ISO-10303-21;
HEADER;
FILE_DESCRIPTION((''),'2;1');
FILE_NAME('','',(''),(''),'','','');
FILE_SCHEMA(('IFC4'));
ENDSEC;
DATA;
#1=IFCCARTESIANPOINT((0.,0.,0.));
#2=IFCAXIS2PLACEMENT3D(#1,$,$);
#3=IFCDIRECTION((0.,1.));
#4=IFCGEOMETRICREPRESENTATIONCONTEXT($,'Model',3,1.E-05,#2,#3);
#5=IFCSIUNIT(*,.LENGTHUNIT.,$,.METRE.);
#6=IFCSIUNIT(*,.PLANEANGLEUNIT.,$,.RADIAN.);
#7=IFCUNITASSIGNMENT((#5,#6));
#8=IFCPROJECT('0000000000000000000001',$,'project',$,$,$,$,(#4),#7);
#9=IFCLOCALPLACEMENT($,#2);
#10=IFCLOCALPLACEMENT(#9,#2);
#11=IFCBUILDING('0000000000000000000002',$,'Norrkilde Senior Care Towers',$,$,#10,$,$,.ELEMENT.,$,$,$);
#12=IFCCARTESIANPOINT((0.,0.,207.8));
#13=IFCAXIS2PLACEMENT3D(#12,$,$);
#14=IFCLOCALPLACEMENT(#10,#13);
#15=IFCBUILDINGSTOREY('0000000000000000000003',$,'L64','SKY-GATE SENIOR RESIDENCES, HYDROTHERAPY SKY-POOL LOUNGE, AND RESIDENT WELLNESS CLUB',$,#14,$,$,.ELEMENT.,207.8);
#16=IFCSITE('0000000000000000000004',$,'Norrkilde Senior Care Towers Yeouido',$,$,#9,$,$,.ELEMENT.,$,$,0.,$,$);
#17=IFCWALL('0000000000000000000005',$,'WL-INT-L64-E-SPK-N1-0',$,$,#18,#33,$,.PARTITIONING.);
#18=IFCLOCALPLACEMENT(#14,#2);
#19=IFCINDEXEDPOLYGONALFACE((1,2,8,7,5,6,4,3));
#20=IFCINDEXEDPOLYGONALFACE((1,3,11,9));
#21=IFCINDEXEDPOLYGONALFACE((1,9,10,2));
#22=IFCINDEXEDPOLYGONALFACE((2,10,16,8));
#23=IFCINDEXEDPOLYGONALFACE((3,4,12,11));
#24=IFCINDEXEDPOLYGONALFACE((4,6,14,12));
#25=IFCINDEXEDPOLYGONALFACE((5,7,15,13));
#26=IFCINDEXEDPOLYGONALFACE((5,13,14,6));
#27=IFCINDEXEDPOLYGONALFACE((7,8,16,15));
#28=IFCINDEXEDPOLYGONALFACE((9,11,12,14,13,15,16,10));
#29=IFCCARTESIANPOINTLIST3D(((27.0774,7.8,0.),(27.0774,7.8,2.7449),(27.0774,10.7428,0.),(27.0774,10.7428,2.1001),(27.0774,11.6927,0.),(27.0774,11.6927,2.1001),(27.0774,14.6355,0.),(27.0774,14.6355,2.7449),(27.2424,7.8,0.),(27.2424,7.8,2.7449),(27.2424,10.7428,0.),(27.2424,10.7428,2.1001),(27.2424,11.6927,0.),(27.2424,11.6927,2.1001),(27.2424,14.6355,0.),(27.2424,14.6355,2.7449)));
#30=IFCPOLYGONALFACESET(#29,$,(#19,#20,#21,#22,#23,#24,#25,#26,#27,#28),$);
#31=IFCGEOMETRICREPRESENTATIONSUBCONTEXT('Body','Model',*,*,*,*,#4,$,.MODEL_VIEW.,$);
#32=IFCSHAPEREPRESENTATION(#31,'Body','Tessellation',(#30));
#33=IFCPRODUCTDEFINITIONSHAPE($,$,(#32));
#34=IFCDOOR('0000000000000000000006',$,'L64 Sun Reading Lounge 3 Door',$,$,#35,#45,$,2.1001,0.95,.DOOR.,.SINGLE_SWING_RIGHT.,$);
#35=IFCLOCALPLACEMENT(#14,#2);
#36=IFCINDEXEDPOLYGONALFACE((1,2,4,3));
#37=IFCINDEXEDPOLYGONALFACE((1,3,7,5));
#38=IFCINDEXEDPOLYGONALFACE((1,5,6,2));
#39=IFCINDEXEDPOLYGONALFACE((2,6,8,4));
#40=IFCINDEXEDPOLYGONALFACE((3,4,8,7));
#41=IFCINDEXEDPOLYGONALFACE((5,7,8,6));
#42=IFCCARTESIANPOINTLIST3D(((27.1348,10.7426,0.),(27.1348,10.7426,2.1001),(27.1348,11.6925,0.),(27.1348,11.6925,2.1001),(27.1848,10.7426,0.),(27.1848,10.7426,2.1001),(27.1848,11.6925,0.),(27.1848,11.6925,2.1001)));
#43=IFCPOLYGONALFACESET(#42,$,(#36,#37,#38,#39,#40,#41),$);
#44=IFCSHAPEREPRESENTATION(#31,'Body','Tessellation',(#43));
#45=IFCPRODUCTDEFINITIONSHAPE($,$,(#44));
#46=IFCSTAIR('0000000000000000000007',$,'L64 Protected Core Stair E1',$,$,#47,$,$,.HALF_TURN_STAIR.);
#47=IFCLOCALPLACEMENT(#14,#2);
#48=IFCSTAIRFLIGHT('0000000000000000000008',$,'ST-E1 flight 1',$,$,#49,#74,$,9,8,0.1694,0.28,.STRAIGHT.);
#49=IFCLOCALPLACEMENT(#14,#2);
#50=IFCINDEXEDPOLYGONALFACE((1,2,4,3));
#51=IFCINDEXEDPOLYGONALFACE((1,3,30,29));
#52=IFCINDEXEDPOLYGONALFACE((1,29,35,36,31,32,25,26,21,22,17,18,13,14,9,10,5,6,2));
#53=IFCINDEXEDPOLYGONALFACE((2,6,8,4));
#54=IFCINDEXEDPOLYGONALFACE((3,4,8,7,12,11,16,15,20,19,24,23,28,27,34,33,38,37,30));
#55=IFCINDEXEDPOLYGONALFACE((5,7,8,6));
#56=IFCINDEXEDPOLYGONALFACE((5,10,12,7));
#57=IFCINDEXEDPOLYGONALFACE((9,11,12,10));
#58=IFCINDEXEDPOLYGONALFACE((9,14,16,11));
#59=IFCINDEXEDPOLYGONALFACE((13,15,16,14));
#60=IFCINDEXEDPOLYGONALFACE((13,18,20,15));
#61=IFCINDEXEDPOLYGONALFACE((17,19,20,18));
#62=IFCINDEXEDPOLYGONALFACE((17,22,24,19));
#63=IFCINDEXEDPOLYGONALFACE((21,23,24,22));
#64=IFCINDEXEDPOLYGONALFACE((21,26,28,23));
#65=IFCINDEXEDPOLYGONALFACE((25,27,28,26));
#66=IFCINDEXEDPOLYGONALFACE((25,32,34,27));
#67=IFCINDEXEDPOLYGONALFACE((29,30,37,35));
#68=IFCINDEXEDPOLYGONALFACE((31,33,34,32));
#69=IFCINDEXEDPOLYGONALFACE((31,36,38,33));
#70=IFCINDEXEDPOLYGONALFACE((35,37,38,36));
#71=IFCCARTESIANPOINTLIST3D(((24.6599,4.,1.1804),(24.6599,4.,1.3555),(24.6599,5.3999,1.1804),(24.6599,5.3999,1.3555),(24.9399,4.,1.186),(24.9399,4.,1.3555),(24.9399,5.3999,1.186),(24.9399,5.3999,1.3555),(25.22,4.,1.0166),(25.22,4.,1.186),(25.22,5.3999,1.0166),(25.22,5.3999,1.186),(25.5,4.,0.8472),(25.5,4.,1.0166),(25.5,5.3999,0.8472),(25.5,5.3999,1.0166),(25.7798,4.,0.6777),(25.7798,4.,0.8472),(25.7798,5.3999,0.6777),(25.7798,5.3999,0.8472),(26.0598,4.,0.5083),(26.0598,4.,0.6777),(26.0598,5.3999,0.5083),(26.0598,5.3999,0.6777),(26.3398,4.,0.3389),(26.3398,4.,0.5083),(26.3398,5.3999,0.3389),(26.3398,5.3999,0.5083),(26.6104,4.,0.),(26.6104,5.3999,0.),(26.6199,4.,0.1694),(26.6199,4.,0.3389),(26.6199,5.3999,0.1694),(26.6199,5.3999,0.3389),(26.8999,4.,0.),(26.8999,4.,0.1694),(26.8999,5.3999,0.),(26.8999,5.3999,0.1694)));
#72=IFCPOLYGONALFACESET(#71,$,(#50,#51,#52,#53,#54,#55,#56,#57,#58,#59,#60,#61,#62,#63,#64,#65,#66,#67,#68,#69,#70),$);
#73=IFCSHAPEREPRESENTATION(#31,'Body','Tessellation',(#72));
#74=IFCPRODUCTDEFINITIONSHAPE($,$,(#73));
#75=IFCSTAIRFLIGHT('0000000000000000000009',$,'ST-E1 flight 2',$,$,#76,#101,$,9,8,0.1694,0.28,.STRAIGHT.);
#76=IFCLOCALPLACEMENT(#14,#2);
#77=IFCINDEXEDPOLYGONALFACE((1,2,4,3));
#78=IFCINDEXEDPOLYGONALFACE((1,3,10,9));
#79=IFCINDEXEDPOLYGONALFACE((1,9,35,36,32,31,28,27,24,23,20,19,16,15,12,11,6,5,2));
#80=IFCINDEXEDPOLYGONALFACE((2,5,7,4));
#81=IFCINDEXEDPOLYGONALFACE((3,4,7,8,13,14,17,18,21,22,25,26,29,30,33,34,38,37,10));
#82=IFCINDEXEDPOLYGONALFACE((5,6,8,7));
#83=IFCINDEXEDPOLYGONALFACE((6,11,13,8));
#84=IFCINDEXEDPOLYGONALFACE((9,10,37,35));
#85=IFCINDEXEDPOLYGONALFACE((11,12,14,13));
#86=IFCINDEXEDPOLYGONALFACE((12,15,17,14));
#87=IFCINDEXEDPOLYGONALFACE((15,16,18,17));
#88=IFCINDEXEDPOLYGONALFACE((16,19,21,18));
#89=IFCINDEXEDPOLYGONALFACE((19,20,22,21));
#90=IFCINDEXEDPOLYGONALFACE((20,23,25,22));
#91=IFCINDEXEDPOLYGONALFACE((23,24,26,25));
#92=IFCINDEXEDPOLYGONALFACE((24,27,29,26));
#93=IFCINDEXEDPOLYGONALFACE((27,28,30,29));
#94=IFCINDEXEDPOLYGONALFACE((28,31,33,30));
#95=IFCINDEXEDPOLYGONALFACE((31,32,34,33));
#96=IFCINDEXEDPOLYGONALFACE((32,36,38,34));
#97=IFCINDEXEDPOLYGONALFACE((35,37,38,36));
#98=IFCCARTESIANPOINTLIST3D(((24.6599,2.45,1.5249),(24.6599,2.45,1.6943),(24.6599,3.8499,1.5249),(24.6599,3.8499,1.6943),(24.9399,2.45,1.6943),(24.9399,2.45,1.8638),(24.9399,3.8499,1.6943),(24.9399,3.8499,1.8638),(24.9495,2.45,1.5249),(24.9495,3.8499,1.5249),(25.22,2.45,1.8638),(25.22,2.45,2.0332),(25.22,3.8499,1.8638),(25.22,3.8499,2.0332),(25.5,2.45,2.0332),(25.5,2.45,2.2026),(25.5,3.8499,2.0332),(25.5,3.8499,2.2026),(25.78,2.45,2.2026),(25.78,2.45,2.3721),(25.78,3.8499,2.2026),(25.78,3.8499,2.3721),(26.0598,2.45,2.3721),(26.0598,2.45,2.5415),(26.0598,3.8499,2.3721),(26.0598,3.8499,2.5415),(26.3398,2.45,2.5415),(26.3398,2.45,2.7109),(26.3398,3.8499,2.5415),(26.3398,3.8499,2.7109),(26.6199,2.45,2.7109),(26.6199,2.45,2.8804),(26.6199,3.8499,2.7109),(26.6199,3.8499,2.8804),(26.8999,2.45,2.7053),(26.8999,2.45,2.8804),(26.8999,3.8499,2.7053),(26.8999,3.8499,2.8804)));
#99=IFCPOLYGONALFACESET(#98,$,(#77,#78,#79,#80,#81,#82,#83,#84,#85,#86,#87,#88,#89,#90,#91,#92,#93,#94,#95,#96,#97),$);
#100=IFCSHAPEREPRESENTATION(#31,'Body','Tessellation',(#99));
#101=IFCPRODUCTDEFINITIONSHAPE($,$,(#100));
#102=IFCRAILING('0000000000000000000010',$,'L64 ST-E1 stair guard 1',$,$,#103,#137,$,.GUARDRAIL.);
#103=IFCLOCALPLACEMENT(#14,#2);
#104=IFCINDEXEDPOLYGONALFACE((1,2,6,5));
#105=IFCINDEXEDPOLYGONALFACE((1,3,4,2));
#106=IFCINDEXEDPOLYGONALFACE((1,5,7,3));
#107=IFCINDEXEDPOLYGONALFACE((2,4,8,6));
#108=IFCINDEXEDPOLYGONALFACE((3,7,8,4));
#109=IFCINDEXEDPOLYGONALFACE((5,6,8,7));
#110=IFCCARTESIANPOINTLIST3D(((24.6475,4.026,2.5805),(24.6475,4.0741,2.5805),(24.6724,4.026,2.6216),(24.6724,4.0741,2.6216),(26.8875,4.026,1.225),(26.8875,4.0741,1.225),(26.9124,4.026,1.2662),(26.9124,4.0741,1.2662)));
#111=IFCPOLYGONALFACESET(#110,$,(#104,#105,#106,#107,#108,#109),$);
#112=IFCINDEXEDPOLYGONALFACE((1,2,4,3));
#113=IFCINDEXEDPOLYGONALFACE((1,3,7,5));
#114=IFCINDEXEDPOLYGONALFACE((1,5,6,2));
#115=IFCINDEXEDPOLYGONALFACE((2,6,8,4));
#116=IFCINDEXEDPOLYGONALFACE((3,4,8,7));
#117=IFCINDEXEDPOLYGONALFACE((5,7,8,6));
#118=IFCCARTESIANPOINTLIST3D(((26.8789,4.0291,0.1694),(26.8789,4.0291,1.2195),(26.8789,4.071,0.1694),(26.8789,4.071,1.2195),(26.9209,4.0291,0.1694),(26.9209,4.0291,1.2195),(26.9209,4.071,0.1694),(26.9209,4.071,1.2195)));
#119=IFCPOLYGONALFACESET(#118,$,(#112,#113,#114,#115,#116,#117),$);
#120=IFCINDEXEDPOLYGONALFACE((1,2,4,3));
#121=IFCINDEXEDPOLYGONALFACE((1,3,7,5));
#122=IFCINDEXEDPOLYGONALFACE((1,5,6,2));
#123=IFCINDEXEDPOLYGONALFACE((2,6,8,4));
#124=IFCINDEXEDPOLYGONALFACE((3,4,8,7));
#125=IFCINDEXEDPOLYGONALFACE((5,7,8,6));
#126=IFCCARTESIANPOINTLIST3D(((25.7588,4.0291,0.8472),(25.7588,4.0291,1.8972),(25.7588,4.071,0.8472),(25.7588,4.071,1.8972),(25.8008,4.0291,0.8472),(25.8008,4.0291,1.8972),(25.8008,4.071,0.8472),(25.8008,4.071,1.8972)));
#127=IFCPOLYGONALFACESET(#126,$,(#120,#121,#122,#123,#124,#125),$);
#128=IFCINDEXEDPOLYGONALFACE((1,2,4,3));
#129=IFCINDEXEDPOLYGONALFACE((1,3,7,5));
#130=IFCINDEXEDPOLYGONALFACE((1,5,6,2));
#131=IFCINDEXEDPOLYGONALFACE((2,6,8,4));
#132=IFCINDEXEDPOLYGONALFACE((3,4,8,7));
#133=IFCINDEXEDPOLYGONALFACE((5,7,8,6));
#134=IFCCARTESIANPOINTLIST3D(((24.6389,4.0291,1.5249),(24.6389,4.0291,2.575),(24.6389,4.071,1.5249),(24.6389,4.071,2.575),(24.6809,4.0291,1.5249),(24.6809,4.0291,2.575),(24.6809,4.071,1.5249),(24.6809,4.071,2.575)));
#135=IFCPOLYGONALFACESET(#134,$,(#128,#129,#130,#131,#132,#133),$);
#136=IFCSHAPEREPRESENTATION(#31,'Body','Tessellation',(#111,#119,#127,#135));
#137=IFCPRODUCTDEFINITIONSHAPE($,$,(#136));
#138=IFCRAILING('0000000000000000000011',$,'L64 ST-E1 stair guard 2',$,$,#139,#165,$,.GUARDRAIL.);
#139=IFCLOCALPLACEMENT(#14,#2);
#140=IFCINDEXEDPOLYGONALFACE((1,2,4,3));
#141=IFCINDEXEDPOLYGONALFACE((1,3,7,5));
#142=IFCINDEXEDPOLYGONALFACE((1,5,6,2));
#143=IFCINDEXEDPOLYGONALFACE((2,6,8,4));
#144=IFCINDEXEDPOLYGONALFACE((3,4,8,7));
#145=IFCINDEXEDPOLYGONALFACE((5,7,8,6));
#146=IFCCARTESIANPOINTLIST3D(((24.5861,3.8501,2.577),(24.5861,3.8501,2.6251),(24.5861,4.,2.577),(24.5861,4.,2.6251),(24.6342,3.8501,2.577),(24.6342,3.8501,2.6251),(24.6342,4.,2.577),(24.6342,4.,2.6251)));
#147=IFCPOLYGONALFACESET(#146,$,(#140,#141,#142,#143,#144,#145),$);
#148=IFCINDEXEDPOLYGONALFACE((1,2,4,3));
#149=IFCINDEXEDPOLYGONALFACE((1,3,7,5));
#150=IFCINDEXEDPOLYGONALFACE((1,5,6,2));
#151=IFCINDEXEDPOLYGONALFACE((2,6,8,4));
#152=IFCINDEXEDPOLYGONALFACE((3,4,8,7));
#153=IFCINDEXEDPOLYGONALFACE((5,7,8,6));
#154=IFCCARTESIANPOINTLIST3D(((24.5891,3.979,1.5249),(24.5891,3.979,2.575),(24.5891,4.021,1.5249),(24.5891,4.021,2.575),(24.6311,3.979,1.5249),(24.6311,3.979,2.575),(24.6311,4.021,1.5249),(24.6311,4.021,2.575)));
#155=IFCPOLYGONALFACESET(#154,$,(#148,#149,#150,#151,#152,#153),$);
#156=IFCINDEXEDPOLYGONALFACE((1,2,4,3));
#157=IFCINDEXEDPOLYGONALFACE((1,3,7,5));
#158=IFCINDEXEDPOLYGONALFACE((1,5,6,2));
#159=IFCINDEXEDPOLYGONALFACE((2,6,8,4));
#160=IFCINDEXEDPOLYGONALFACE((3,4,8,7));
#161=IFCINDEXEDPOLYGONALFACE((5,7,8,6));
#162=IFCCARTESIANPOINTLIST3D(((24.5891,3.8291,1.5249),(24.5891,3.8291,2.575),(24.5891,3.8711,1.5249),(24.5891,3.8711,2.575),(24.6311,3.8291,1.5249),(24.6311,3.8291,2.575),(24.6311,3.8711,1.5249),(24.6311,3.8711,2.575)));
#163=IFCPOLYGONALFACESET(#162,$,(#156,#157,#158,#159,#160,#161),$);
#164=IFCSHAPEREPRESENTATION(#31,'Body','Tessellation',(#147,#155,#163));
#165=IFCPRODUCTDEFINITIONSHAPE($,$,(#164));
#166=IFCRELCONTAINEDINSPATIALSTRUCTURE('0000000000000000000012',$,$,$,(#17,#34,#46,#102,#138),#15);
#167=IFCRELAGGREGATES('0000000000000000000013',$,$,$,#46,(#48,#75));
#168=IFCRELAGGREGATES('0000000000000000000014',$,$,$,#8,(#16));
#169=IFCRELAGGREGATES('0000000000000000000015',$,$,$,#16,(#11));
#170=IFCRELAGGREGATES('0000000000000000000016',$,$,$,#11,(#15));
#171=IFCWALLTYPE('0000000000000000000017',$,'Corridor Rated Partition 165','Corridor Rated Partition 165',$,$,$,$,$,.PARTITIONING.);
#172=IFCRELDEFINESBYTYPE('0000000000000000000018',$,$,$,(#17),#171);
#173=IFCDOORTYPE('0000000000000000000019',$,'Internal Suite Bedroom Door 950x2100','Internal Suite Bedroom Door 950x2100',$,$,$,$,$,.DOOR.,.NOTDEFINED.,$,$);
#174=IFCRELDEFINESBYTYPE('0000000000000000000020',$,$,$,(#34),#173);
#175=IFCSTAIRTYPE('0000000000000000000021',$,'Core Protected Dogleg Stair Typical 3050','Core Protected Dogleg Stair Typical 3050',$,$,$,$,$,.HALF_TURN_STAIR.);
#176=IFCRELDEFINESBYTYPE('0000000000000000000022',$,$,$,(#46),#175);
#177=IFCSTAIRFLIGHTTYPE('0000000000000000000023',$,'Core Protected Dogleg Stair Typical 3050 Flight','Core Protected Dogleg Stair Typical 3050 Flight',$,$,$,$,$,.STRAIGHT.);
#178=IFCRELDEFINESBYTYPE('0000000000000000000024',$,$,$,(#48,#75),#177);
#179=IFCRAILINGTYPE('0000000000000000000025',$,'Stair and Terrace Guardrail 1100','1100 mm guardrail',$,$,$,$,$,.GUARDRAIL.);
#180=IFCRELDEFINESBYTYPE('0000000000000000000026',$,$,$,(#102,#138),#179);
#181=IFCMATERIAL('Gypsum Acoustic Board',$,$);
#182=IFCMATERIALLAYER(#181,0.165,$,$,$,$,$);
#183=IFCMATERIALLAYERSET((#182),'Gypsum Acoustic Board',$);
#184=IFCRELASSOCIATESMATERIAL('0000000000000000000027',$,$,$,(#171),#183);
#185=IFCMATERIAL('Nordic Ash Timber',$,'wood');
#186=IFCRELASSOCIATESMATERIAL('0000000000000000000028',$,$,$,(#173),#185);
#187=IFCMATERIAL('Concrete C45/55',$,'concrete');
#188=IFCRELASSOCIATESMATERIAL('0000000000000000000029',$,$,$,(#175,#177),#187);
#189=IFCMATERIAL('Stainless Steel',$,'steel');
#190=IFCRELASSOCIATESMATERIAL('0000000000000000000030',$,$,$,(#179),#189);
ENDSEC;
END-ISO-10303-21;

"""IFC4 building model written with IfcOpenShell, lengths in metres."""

from ifc_helpers import new_model, si_unit, direction, frame, frame_2d, origin, origin_2d, place, context, subcontext, project, spatial, polyline, rectangle, outline, extrude, source, transform, mapped, material, layer, layer_set, type_object, type_shapes, element, fill, aggregate, save


model = new_model("IFC4")

# Units and contexts
model_context = context("Model", 3, precision=1e-05, world=origin(), true_north=direction((0.0, 1.0)))
body_context = subcontext(model_context, "Body", "Model", "MODEL_VIEW")
ifc_project = project(units=[si_unit("LENGTHUNIT", "METRE"), si_unit("PLANEANGLEUNIT", "RADIAN")], contexts=[model_context])

# Site, building, storey
site_placement = place(None, origin())
site = spatial("IfcSite", under=ifc_project, at=site_placement, Name="Norrkilde Senior Care Towers Yeouido", CompositionType="ELEMENT", RefElevation=0.0)
building_placement = place(site_placement, origin())
building = spatial("IfcBuilding", under=site, at=building_placement, Name="Norrkilde Senior Care Towers", CompositionType="ELEMENT")
storey_placement = place(building_placement, frame((0.0, 0.0, 207.8)))
storey = spatial("IfcBuildingStorey", under=building, at=storey_placement, Name="L64", Description="SKY-GATE SENIOR RESIDENCES, HYDROTHERAPY SKY-POOL LOUNGE, AND RESIDENT WELLNESS CLUB", CompositionType="ELEMENT", Elevation=207.8)

# Shared definitions
ifc_material_1 = material(Name="Concrete C45/55", Category="concrete")

# Shared definitions
ifc_material_2 = material(Name="Stainless Steel", Category="steel")

# Wall, opening, door
ifc_material_3 = material(Name="Gypsum Acoustic Board")
ifc_layer_1 = layer(ifc_material_3, 0.165)
ifc_layer_set_1 = layer_set([ifc_layer_1], Name="Gypsum Acoustic Board")
wall_type_1 = type_object("IfcWallType", Name="Corridor Rated Partition 165", Description="Corridor Rated Partition 165", PredefinedType="PARTITIONING", material=ifc_layer_set_1)
shared_shape_1 = source(origin(), body_context, "Body", "SweptSolid", [
    extrude(rectangle(XDim=6.8354, YDim=0.165, at=frame_2d((3.4177, 0.0))), origin(), (0.0, 0.0, 1.0), 2.7449),
])
type_shapes(wall_type_1, [shared_shape_1])
wall_1_placement = place(storey_placement, frame((27.1599, 7.8, 0.0), z_axis=(0.0, 0.0, 1.0), x_axis=(0.0, 1.0, 0.0)))
wall_1 = element("IfcWall", 1, at=wall_1_placement, inside=storey, type_object=wall_type_1, Name="WL-INT-L64-E-SPK-N1-0", PredefinedType="PARTITIONING", context=body_context, shape_type="MappedRepresentation", body=[
    mapped(shared_shape_1, transform((0.0, 0.0, 0.0), x_axis=(1.0, 0.0, 0.0), y_axis=(0.0, 1.0, 0.0), z_axis=(0.0, 0.0, 1.0), scale=1.0)),
])
opening_1_placement = place(wall_1_placement, frame((2.9426, 0.0, 0.0)))
opening_1 = element("IfcOpeningElement", 2, at=opening_1_placement, cuts=wall_1, PredefinedType="OPENING", context=body_context, shape_type="SweptSolid", body=[
    extrude(rectangle(XDim=0.95, YDim=2.1001, at=frame_2d((0.4751, 1.05))), frame((0.0, 0.0925, 0.0), z_axis=(0.0, -1.0, 0.0), x_axis=(1.0, 0.0, 0.0)), (0.0, 0.0, 1.0), 0.1851),
])
ifc_material_4 = material(Name="Nordic Ash Timber", Category="wood")
door_type_1 = type_object("IfcDoorType", Name="Internal Suite Bedroom Door 950x2100", Description="Internal Suite Bedroom Door 950x2100", OperationType="NOTDEFINED", PredefinedType="DOOR", material=ifc_material_4)
shared_shape_2 = source(origin(), body_context, "Body", "SweptSolid", [
    extrude(rectangle(XDim=0.95, YDim=2.1001, at=frame_2d((0.4751, 1.05))), frame((0.0, 0.0249, 0.0), z_axis=(0.0, -1.0, 0.0), x_axis=(1.0, 0.0, 0.0)), (0.0, 0.0, 1.0), 0.05),
])
type_shapes(door_type_1, [shared_shape_2])
door_1_placement = place(opening_1_placement, frame((0.95, 0.0, 0.0), z_axis=(0.0, 0.0, 1.0), x_axis=(-1.0, 0.0, 0.0)))
door_1 = element("IfcDoor", 3, at=door_1_placement, inside=storey, type_object=door_type_1, Name="L64 Sun Reading Lounge 3 Door", OperationType="SINGLE_SWING_RIGHT", OverallHeight=2.1001, OverallWidth=0.95, PredefinedType="DOOR", context=body_context, shape_type="MappedRepresentation", body=[
    mapped(shared_shape_2, transform((0.0, 0.0, 0.0), x_axis=(1.0, 0.0, 0.0), y_axis=(0.0, 1.0, 0.0), z_axis=(0.0, 0.0, 1.0), scale=1.0)),
])
fill(opening_1, door_1)

# Stair, stair flights
stair_type = type_object("IfcStairType", Name="Core Protected Dogleg Stair Typical 3050", Description="Core Protected Dogleg Stair Typical 3050", PredefinedType="HALF_TURN_STAIR", material=ifc_material_1)
stair_placement = place(storey_placement, origin())
stair = element("IfcStair", 4, at=stair_placement, inside=storey, type_object=stair_type, Name="L64 Protected Core Stair E1", PredefinedType="HALF_TURN_STAIR")
stair_flight_type = type_object("IfcStairFlightType", Name="Core Protected Dogleg Stair Typical 3050 Flight", Description="Core Protected Dogleg Stair Typical 3050 Flight", PredefinedType="STRAIGHT", material=ifc_material_1)
stair_flight_1_placement = place(storey_placement, frame((26.8999, 4.7, 0.0), z_axis=(0.0, 0.0, 1.0), x_axis=(-1.0, 0.0, 0.0)))
stair_flight_1 = element("IfcStairFlight", 5, at=stair_flight_1_placement, type_object=stair_flight_type, Name="ST-E1 flight 1", NumberOfRisers=9, NumberOfTreads=8, PredefinedType="STRAIGHT", RiserHeight=0.1694, TreadLength=0.28, context=body_context, shape_type="SweptSolid", body=[
    extrude(outline(polyline([(0.0, 0.0), (0.0, 0.1694), (0.28, 0.1694), (0.28, 0.3389), (0.5601, 0.3389), (0.5601, 0.5083), (0.8401, 0.5083), (0.8401, 0.6777), (1.1201, 0.6777), (1.1201, 0.8472), (1.3999, 0.8472), (1.3999, 1.0166), (1.6799, 1.0166), (1.6799, 1.186), (1.96, 1.186), (1.96, 1.3555), (2.24, 1.3555), (2.24, 1.5249), (2.24, 1.1804), (0.2896, 0.0), (0.0, 0.0)])), frame((0.0, 0.7, 0.0), z_axis=(0.0, -1.0, 0.0), x_axis=(1.0, 0.0, 0.0)), (0.0, 0.0, 1.0), 1.3999),
])
stair_flight_2_placement = place(storey_placement, frame((24.6599, 3.1499, 1.5249), z_axis=(0.0, 0.0, 1.0), x_axis=(1.0, 0.0, 0.0)))
stair_flight_2 = element("IfcStairFlight", 6, at=stair_flight_2_placement, type_object=stair_flight_type, Name="ST-E1 flight 2", NumberOfRisers=9, NumberOfTreads=8, PredefinedType="STRAIGHT", RiserHeight=0.1694, TreadLength=0.28, context=body_context, shape_type="SweptSolid", body=[
    extrude(outline(polyline([(0.0, 0.0), (0.0, 0.1694), (0.28, 0.1694), (0.28, 0.3389), (0.5601, 0.3389), (0.5601, 0.5083), (0.8401, 0.5083), (0.8401, 0.6777), (1.1201, 0.6777), (1.1201, 0.8472), (1.3999, 0.8472), (1.3999, 1.0166), (1.6799, 1.0166), (1.6799, 1.186), (1.96, 1.186), (1.96, 1.3555), (2.24, 1.3555), (2.24, 1.5249), (2.24, 1.1804), (0.2896, 0.0), (0.0, 0.0)])), frame((0.0, 0.7, 0.0), z_axis=(0.0, -1.0, 0.0), x_axis=(1.0, 0.0, 0.0)), (0.0, 0.0, 1.0), 1.3999),
])
aggregate(stair, [stair_flight_1, stair_flight_2])

# Railings
railing_type_1 = type_object("IfcRailingType", Name="Stair and Terrace Guardrail 1100", Description="1100 mm guardrail", PredefinedType="GUARDRAIL", material=ifc_material_2)
railing_1_placement = place(storey_placement, frame((26.8999, 4.05, 0.1694)))
element("IfcRailing", 7, at=railing_1_placement, inside=storey, type_object=railing_type_1, Name="L64 ST-E1 stair guard 1", PredefinedType="GUARDRAIL", context=body_context, shape_type="SweptSolid", body=[
    extrude(rectangle(XDim=0.0481, YDim=0.0481, at=origin_2d()), frame((0.0, 0.0, 1.0762), z_axis=(-0.855553, 0.0, 0.517715), x_axis=(0.0, -1.0, 0.0)), (0.0, 0.0, 1.0), 2.6182),
    extrude(rectangle(XDim=0.042, YDim=0.042, at=origin_2d()), origin(), (0.0, 0.0, 1.0), 1.05),
    extrude(rectangle(XDim=0.042, YDim=0.042, at=origin_2d()), frame((-1.1201, 0.0, 0.6777)), (0.0, 0.0, 1.0), 1.05),
    extrude(rectangle(XDim=0.042, YDim=0.042, at=origin_2d()), frame((-2.24, 0.0, 1.3555)), (0.0, 0.0, 1.0), 1.05),
])
railing_2_placement = place(storey_placement, frame((24.6101, 4.0, 1.5249)))
element("IfcRailing", 8, at=railing_2_placement, inside=storey, type_object=railing_type_1, Name="L64 ST-E1 stair guard 2", PredefinedType="GUARDRAIL", context=body_context, shape_type="SweptSolid", body=[
    extrude(rectangle(XDim=0.0481, YDim=0.0481, at=origin_2d()), frame((0.0, 0.0, 1.0762), z_axis=(0.0, -1.0, 0.0), x_axis=(1.0, 0.0, 0.0)), (0.0, 0.0, 1.0), 0.1499),
    extrude(rectangle(XDim=0.042, YDim=0.042, at=origin_2d()), origin(), (0.0, 0.0, 1.0), 1.05),
    extrude(rectangle(XDim=0.042, YDim=0.042, at=origin_2d()), frame((0.0, -0.1499, 0.0)), (0.0, 0.0, 1.0), 1.05),
])

save(model, "model.ifc")
